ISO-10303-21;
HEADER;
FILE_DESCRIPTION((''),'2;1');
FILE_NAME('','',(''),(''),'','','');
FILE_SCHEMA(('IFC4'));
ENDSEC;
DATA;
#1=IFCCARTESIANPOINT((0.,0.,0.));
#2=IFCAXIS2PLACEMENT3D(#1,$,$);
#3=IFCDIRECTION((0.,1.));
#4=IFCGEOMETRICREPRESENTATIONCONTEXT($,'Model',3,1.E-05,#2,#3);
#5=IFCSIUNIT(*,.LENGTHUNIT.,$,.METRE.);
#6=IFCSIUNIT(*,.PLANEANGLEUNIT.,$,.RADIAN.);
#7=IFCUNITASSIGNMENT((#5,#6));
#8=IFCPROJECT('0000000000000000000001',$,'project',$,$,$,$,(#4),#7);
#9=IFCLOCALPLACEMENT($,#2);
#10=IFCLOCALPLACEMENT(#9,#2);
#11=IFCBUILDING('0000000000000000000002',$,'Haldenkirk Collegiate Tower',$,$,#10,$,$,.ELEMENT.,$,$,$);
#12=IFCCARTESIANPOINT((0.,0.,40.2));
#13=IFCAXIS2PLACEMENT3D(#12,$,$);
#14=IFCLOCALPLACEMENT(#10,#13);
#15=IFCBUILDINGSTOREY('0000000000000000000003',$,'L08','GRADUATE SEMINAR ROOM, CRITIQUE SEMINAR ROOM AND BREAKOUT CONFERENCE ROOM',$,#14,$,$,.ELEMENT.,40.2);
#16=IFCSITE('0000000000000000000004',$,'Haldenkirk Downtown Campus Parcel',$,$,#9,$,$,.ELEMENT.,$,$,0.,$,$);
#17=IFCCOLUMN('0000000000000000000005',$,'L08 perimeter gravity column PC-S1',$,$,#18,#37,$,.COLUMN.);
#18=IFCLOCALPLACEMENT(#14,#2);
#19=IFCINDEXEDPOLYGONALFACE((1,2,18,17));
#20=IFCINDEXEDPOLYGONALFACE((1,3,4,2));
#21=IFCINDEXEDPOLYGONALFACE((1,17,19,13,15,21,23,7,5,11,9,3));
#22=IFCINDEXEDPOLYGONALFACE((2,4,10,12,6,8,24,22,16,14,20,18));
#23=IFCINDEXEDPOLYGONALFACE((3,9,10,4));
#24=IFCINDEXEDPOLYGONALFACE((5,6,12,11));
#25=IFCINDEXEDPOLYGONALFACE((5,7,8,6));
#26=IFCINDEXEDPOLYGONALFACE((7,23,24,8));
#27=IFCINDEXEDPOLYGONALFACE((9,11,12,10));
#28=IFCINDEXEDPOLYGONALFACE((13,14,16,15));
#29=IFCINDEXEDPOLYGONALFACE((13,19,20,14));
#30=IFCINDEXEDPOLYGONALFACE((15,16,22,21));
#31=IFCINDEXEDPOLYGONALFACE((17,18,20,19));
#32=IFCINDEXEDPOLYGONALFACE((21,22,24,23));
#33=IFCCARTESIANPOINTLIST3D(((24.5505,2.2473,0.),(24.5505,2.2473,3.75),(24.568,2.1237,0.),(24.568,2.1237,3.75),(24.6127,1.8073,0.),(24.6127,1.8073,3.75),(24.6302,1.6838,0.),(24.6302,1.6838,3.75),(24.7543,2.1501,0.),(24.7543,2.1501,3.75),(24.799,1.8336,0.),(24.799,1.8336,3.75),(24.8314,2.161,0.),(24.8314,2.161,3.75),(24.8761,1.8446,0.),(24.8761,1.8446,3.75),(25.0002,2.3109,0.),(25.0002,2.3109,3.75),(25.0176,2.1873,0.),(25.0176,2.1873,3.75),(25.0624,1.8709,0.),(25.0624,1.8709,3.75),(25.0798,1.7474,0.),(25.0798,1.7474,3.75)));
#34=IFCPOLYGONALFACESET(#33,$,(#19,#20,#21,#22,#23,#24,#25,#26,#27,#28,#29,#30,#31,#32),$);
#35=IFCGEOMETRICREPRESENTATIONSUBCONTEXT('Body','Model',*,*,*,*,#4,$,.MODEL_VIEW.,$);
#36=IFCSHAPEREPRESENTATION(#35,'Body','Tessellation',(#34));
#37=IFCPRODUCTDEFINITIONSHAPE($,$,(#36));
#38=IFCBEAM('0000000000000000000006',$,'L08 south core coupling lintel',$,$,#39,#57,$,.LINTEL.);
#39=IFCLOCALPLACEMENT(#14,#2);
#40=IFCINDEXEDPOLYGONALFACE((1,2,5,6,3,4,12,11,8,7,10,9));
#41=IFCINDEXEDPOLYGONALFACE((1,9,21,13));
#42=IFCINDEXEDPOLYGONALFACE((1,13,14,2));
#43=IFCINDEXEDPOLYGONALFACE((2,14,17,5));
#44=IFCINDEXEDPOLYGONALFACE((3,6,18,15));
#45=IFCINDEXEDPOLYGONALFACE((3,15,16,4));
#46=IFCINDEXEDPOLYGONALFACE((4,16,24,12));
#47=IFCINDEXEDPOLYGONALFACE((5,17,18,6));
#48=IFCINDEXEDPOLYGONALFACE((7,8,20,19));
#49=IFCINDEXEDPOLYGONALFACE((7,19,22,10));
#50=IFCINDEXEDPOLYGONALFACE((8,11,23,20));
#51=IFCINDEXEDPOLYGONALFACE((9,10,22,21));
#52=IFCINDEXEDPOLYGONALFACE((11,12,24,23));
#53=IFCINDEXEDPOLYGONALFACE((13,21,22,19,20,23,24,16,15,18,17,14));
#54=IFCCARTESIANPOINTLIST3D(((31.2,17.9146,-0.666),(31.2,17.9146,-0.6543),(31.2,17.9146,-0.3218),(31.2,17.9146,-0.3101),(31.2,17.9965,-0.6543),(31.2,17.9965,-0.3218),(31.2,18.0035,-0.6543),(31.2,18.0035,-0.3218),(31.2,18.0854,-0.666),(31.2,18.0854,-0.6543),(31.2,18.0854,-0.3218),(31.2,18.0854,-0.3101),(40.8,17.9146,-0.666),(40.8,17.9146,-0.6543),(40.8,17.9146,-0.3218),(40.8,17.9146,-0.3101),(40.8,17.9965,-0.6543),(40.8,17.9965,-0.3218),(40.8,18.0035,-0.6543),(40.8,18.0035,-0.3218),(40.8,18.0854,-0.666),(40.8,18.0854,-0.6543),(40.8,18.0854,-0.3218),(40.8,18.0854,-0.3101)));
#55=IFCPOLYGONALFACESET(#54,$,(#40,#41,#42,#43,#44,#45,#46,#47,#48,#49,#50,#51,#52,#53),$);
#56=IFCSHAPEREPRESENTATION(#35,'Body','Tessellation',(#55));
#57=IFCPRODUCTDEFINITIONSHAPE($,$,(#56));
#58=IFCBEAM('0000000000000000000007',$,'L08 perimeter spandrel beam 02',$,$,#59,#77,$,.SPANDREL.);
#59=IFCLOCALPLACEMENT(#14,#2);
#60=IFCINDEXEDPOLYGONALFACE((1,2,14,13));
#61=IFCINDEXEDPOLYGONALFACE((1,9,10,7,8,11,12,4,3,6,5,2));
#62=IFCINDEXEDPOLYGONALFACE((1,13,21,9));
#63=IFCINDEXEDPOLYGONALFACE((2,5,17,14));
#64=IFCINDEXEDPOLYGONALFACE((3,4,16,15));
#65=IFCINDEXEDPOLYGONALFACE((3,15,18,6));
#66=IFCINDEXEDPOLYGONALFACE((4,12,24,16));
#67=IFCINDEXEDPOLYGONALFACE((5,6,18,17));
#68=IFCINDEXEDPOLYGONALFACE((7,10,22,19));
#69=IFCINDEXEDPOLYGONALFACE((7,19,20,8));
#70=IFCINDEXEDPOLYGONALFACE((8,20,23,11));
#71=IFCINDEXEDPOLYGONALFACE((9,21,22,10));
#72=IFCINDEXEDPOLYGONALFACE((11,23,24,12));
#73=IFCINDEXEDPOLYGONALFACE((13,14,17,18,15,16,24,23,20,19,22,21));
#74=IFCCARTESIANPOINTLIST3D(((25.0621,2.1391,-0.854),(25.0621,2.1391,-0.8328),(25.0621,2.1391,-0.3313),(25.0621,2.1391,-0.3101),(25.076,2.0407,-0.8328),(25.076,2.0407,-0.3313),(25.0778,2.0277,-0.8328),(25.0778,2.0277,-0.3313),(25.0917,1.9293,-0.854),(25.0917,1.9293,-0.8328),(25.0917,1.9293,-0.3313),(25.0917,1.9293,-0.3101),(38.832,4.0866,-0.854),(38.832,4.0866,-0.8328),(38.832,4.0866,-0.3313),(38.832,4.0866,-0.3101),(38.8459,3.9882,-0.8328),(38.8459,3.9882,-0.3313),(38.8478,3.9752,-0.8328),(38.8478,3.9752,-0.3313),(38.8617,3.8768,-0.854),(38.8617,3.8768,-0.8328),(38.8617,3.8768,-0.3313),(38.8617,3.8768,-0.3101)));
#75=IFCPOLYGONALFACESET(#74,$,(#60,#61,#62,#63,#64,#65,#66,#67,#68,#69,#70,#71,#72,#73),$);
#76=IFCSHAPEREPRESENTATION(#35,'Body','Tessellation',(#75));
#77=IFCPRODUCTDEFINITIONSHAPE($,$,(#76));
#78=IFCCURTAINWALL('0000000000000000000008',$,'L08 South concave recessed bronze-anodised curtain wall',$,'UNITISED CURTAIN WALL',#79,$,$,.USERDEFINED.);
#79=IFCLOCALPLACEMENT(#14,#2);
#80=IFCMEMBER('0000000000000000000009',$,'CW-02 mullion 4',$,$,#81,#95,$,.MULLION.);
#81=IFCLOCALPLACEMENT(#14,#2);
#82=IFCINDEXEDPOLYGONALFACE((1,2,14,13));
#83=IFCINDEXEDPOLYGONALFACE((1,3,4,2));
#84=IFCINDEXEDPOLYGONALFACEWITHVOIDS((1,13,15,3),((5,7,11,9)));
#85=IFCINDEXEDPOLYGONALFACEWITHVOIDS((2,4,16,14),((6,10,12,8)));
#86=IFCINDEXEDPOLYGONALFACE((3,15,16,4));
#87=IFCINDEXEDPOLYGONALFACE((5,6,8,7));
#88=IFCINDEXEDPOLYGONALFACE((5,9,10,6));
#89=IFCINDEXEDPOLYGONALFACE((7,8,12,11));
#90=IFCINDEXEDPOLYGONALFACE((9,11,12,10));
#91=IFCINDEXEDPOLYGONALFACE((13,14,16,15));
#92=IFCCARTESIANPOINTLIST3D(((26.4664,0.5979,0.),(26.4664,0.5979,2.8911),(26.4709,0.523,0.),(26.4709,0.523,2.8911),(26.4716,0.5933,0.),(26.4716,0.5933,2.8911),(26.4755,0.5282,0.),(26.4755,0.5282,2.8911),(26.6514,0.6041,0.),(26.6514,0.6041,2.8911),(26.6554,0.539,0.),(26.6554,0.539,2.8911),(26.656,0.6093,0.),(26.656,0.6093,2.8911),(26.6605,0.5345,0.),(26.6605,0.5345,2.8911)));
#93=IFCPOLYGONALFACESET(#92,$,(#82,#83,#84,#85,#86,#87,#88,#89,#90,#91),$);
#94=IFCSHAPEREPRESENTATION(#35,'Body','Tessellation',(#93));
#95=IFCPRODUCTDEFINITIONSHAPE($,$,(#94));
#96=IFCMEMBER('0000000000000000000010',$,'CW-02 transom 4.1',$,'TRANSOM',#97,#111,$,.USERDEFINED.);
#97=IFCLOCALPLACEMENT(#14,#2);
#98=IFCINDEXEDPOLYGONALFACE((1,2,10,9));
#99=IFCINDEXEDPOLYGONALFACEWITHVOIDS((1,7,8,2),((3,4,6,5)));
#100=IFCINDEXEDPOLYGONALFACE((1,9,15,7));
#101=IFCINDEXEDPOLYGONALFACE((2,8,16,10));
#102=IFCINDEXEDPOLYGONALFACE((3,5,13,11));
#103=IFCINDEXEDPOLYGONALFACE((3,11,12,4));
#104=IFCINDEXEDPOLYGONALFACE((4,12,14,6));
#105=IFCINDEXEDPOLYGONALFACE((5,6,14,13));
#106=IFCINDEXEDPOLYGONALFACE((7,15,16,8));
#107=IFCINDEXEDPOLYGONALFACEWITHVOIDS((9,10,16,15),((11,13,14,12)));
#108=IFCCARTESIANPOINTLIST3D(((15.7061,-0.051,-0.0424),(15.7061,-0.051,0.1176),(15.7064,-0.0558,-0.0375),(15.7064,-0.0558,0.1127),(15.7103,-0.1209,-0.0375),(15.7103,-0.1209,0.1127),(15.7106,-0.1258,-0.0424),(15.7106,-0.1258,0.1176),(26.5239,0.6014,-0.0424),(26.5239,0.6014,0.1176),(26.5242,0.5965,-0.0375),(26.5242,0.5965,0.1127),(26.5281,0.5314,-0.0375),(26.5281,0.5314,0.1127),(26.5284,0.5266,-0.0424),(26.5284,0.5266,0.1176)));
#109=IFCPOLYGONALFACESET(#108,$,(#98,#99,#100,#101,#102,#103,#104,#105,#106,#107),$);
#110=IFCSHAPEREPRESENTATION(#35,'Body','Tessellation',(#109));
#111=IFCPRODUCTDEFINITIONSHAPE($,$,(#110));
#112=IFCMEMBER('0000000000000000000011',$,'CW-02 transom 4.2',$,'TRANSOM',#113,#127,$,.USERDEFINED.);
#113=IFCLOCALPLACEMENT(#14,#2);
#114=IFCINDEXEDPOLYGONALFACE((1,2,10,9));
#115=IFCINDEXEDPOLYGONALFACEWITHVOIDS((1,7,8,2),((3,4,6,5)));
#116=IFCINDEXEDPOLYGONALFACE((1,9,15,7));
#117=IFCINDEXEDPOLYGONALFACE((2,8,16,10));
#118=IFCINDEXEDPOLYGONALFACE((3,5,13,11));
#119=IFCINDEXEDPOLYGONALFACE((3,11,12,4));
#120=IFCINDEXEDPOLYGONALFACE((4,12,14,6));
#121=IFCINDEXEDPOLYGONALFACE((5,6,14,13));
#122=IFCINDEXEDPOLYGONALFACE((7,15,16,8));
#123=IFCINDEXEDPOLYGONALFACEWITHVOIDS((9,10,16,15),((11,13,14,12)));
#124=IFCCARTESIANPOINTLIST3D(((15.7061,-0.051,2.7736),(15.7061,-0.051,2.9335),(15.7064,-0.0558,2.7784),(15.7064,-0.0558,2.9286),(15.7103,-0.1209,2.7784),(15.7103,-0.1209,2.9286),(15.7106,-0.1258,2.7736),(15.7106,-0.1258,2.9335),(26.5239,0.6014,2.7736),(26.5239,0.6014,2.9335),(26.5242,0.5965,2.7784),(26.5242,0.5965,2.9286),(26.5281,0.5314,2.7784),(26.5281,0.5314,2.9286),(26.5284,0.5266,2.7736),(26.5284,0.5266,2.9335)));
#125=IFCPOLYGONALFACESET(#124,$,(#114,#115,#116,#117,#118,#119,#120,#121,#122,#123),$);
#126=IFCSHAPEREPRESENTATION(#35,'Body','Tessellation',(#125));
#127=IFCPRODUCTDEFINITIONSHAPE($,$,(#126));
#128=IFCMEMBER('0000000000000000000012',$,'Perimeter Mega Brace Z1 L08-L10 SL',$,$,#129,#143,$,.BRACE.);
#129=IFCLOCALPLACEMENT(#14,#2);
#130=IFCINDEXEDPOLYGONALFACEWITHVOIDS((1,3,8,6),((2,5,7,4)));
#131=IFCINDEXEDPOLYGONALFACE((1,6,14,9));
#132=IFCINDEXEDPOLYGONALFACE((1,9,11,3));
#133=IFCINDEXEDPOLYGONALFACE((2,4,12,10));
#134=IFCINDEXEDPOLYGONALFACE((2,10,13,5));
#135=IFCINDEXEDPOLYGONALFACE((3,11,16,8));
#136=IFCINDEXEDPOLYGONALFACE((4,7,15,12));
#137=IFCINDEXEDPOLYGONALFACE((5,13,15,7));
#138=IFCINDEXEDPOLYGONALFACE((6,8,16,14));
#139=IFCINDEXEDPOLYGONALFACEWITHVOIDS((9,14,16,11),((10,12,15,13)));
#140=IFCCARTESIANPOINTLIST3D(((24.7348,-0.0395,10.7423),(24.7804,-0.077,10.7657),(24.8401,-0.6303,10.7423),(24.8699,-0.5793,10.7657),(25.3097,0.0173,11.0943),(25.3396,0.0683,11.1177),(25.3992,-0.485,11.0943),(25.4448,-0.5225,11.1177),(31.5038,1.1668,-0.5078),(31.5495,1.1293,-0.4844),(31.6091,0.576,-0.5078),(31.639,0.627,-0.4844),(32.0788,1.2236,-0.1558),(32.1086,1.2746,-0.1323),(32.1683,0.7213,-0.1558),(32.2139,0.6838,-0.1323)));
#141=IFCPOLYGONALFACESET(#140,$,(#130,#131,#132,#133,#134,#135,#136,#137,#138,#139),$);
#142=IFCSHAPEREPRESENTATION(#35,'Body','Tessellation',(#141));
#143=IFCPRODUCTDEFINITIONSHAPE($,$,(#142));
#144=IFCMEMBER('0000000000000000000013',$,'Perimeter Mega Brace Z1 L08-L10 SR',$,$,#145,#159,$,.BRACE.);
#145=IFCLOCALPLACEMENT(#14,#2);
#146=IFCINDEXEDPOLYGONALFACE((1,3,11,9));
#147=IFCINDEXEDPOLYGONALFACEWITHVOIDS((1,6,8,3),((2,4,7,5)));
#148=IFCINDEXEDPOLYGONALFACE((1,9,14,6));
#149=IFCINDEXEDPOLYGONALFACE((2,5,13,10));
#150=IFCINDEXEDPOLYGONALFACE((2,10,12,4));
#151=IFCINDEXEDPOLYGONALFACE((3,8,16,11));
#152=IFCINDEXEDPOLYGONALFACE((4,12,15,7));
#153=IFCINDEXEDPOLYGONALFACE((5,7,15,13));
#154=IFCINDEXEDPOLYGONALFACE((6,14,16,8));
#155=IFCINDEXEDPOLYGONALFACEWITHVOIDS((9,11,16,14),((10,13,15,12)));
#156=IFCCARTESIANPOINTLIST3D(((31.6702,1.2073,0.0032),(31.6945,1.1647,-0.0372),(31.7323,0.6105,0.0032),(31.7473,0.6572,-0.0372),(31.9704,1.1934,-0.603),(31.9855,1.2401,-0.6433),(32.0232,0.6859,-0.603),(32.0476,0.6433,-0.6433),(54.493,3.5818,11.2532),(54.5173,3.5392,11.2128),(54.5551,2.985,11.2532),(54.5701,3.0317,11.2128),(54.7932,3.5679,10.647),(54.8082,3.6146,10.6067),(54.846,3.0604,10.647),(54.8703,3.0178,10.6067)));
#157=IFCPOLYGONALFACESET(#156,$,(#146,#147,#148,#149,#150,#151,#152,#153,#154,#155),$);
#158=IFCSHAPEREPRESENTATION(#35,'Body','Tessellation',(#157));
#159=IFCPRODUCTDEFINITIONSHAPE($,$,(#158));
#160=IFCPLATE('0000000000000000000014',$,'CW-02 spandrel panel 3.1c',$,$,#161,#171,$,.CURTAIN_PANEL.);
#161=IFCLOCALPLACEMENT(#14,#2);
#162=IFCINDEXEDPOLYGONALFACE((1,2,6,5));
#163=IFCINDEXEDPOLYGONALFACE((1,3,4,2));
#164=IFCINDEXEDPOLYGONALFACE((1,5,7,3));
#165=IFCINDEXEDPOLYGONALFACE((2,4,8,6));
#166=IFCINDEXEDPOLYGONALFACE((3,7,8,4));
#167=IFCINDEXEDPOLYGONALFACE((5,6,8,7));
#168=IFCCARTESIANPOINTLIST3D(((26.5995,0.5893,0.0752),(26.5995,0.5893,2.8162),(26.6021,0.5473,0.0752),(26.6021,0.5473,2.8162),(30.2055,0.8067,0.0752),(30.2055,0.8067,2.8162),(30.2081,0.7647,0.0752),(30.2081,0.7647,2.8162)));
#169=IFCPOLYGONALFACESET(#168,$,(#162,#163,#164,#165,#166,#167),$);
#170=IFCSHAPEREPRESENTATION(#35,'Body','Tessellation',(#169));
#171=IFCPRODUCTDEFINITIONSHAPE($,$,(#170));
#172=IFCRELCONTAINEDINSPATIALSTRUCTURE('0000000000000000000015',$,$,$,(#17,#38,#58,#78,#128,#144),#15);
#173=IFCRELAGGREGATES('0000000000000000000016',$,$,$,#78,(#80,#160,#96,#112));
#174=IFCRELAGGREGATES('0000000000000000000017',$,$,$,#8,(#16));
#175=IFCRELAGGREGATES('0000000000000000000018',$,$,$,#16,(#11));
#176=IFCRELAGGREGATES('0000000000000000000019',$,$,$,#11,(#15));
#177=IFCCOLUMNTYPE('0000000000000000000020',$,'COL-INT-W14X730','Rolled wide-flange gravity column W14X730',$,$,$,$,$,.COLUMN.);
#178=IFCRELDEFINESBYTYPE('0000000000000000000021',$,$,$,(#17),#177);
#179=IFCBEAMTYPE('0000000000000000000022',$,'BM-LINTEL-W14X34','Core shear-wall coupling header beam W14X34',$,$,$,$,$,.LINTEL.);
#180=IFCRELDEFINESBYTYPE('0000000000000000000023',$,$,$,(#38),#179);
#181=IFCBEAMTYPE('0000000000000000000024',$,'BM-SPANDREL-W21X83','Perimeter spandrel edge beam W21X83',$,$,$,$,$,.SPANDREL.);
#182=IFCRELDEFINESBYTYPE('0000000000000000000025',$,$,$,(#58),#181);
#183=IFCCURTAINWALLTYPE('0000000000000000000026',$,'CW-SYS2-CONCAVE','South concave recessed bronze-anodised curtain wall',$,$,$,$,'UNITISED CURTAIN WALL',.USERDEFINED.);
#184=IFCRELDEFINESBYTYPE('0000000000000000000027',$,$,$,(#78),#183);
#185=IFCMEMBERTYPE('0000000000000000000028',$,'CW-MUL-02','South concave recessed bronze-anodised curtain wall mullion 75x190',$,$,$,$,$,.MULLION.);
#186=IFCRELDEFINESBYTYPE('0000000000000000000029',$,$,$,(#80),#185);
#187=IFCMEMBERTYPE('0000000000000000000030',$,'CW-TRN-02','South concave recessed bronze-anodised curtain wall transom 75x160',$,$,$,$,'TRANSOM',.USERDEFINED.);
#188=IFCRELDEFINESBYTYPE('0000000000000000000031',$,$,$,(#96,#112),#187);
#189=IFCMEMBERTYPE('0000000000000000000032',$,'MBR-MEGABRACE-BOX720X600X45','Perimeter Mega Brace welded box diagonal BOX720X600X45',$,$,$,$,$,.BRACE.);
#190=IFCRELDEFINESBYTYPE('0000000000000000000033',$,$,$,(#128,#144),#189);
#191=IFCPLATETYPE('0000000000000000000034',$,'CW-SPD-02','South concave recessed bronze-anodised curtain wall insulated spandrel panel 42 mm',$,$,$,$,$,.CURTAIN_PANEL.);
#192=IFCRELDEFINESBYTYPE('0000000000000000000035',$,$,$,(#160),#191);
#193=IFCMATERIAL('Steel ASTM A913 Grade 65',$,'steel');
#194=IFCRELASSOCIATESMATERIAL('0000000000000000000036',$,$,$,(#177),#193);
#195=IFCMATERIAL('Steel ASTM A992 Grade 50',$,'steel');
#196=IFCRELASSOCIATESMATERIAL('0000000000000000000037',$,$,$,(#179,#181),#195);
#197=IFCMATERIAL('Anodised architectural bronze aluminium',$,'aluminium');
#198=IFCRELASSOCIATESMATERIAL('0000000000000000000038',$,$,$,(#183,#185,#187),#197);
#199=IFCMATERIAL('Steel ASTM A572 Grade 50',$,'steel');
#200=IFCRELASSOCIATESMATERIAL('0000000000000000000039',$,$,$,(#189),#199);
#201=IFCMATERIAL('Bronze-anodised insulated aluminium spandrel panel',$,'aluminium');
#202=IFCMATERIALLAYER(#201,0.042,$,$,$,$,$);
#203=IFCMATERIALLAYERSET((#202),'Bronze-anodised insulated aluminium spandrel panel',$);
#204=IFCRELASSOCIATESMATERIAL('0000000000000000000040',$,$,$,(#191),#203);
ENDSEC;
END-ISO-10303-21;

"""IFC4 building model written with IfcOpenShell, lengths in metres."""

from ifc_helpers import new_model, si_unit, direction, frame, origin, origin_2d, place, context, subcontext, project, spatial, rectangle, hollow_rectangle, i_section, extrude, source, transform, mapped, material, layer, layer_set, material_profile, profile_set, type_object, element, aggregate, save


model = new_model("IFC4")

# Units and contexts
model_context = context("Model", 3, precision=1e-05, world=origin(), true_north=direction((0.0, 1.0)))
body_context = subcontext(model_context, "Body", "Model", "MODEL_VIEW")
ifc_project = project(units=[si_unit("LENGTHUNIT", "METRE"), si_unit("PLANEANGLEUNIT", "RADIAN")], contexts=[model_context])

# Site, building, storey
site_placement = place(None, origin())
site = spatial("IfcSite", under=ifc_project, at=site_placement, Name="Haldenkirk Downtown Campus Parcel", CompositionType="ELEMENT", RefElevation=0.0)
building_placement = place(site_placement, origin())
building = spatial("IfcBuilding", under=site, at=building_placement, Name="Haldenkirk Collegiate Tower", CompositionType="ELEMENT")
storey_placement = place(building_placement, frame((0.0, 0.0, 40.2)))
storey = spatial("IfcBuildingStorey", under=building, at=storey_placement, Name="L08", Description="GRADUATE SEMINAR ROOM, CRITIQUE SEMINAR ROOM AND BREAKOUT CONFERENCE ROOM", CompositionType="ELEMENT", Elevation=40.2)

# Column
ifc_material_1 = material(Name="Steel ASTM A913 Grade 65", Category="steel")
ifc_material_profile_1 = material_profile(ifc_material_1, i_section(OverallWidth=0.4541, OverallDepth=0.5691, WebThickness=0.0779, FlangeThickness=0.1248, at=origin_2d()), Name="W14X730")
ifc_profile_set_1 = profile_set([ifc_material_profile_1], Name="Steel ASTM A913 Grade 65")
column_type = type_object("IfcColumnType", Name="COL-INT-W14X730", Description="Rolled wide-flange gravity column W14X730", PredefinedType="COLUMN", material=ifc_profile_set_1)
column_placement = place(storey_placement, frame((24.8152, 1.9973, 0.0), z_axis=(0.0, 0.0, 1.0), x_axis=(0.990146, 0.140037, 0.0)))
element("IfcColumn", 1, at=column_placement, inside=storey, type_object=column_type, Name="L08 perimeter gravity column PC-S1", PredefinedType="COLUMN", context=body_context, shape_type="SweptSolid", body=[
    extrude(i_section(OverallWidth=0.4541, OverallDepth=0.5691, WebThickness=0.0779, FlangeThickness=0.1248, at=origin_2d()), origin(), (0.0, 0.0, 1.0), 3.75),
])

# Beams
ifc_material_2 = material(Name="Steel ASTM A992 Grade 50", Category="steel")
ifc_material_profile_2 = material_profile(ifc_material_2, i_section(OverallWidth=0.1709, OverallDepth=0.356, WebThickness=0.0071, FlangeThickness=0.0117, at=origin_2d()), Name="W14X34")
ifc_profile_set_2 = profile_set([ifc_material_profile_2], Name="Steel ASTM A992 Grade 50")
beam_type_1 = type_object("IfcBeamType", Name="BM-LINTEL-W14X34", Description="Core shear-wall coupling header beam W14X34", PredefinedType="LINTEL", material=ifc_profile_set_2)
beam_1_placement = place(storey_placement, frame((31.2, 18.0, -0.488), z_axis=(1.0, 0.0, 0.0), x_axis=(0.0, 1.0, 0.0)))
element("IfcBeam", 2, at=beam_1_placement, inside=storey, type_object=beam_type_1, Name="L08 south core coupling lintel", PredefinedType="LINTEL", context=body_context, shape_type="SweptSolid", body=[
    extrude(i_section(OverallWidth=0.1709, OverallDepth=0.356, WebThickness=0.0071, FlangeThickness=0.0117, at=origin_2d()), origin(), (0.0, 0.0, 1.0), 9.6001),
])
ifc_material_profile_3 = material_profile(ifc_material_2, i_section(OverallWidth=0.2119, OverallDepth=0.5439, WebThickness=0.0132, FlangeThickness=0.0212, at=origin_2d()), Name="W21X83")
ifc_profile_set_3 = profile_set([ifc_material_profile_3], Name="Steel ASTM A992 Grade 50")
beam_type_2 = type_object("IfcBeamType", Name="BM-SPANDREL-W21X83", Description="Perimeter spandrel edge beam W21X83", PredefinedType="SPANDREL", material=ifc_profile_set_3)
beam_2_placement = place(storey_placement, frame((25.0769, 2.0342, -0.582), z_axis=(0.990146, 0.140038, 0.0), x_axis=(-0.140038, 0.990146, 0.0)))
element("IfcBeam", 3, at=beam_2_placement, inside=storey, type_object=beam_type_2, Name="L08 perimeter spandrel beam 02", PredefinedType="SPANDREL", context=body_context, shape_type="SweptSolid", body=[
    extrude(i_section(OverallWidth=0.2119, OverallDepth=0.5439, WebThickness=0.0132, FlangeThickness=0.0212, at=origin_2d()), origin(), (0.0, 0.0, 1.0), 13.907),
])

# Curtain wall, members
ifc_material_3 = material(Name="Anodised architectural bronze aluminium", Category="aluminium")
curtain_wall_type = type_object("IfcCurtainWallType", Name="CW-SYS2-CONCAVE", Description="South concave recessed bronze-anodised curtain wall", ElementType="UNITISED CURTAIN WALL", PredefinedType="USERDEFINED", material=ifc_material_3)
curtain_wall_placement = place(storey_placement, origin())
curtain_wall = element("IfcCurtainWall", 4, at=curtain_wall_placement, inside=storey, type_object=curtain_wall_type, Name="L08 South concave recessed bronze-anodised curtain wall", ObjectType="UNITISED CURTAIN WALL", PredefinedType="USERDEFINED")
ifc_material_profile_4 = material_profile(ifc_material_3, hollow_rectangle(XDim=0.075, YDim=0.1899, WallThickness=0.0049, at=origin_2d()), Name="CW-MUL-02")
ifc_profile_set_4 = profile_set([ifc_material_profile_4], Name="Anodised architectural bronze aluminium")
member_type_1 = type_object("IfcMemberType", Name="CW-MUL-02", Description="South concave recessed bronze-anodised curtain wall mullion 75x190", PredefinedType="MULLION", material=ifc_profile_set_4)
member_1_placement = place(storey_placement, frame((26.5635, 0.5662, 0.0), z_axis=(0.0, 0.0, 1.0), x_axis=(0.060176, -0.998188, 0.0)))
member_1 = element("IfcMember", 5, at=member_1_placement, type_object=member_type_1, Name="CW-02 mullion 4", PredefinedType="MULLION", context=body_context, shape_type="SweptSolid", body=[
    extrude(hollow_rectangle(XDim=0.075, YDim=0.1899, WallThickness=0.0049, at=origin_2d()), origin(), (0.0, 0.0, 1.0), 2.8911),
])
ifc_material_profile_5 = material_profile(ifc_material_3, hollow_rectangle(XDim=0.075, YDim=0.1599, WallThickness=0.0049, at=origin_2d()), Name="CW-TRN-02")
ifc_profile_set_5 = profile_set([ifc_material_profile_5], Name="Anodised architectural bronze aluminium")
member_type_2 = type_object("IfcMemberType", Name="CW-TRN-02", Description="South concave recessed bronze-anodised curtain wall transom 75x160", ElementType="TRANSOM", PredefinedType="USERDEFINED", material=ifc_profile_set_5)
member_2_placement = place(storey_placement, frame((26.5261, 0.564, 0.0376), z_axis=(-0.998187, -0.060193, 0.0), x_axis=(0.060193, -0.998187, 0.0)))
member_2 = element("IfcMember", 6, at=member_2_placement, type_object=member_type_2, Name="CW-02 transom 4.1", ObjectType="TRANSOM", PredefinedType="USERDEFINED", context=body_context, shape_type="SweptSolid", body=[
    extrude(hollow_rectangle(XDim=0.075, YDim=0.1599, WallThickness=0.0049, at=origin_2d()), origin(), (0.0, 0.0, 1.0), 10.8374),
])
member_3_placement = place(storey_placement, frame((26.5261, 0.564, 2.8535), z_axis=(-0.998187, -0.060193, 0.0), x_axis=(0.060193, -0.998187, 0.0)))
member_3 = element("IfcMember", 7, at=member_3_placement, type_object=member_type_2, Name="CW-02 transom 4.2", ObjectType="TRANSOM", PredefinedType="USERDEFINED", context=body_context, shape_type="SweptSolid", body=[
    extrude(hollow_rectangle(XDim=0.075, YDim=0.1599, WallThickness=0.0049, at=origin_2d()), origin(), (0.0, 0.0, 1.0), 10.8374),
])

# Members
ifc_material_4 = material(Name="Steel ASTM A572 Grade 50", Category="steel")
ifc_material_profile_6 = material_profile(ifc_material_4, hollow_rectangle(XDim=0.6001, YDim=0.72, WallThickness=0.0449, at=origin_2d()), Name="BOX720X600X45")
ifc_profile_set_6 = profile_set([ifc_material_profile_6], Name="Steel ASTM A572 Grade 50")
member_type_3 = type_object("IfcMemberType", Name="MBR-MEGABRACE-BOX720X600X45", Description="Perimeter Mega Brace welded box diagonal BOX720X600X45", PredefinedType="BRACE", material=ifc_profile_set_6)
member_4_placement = place(storey_placement, frame((31.8589, 0.9253, -0.3201), z_axis=(-0.513399, -0.091492, 0.853259), x_axis=(0.175444, -0.984489, 0.0)))
element("IfcMember", 8, at=member_4_placement, inside=storey, type_object=member_type_3, Name="Perimeter Mega Brace Z1 L08-L10 SL", PredefinedType="BRACE", context=body_context, shape_type="SweptSolid", body=[
    extrude(hollow_rectangle(XDim=0.6001, YDim=0.72, WallThickness=0.0449, at=origin_2d()), origin(), (0.0, 0.0, 1.0), 13.1848),
])
member_5_placement = place(storey_placement, frame((31.8589, 0.9253, -0.3201), z_axis=(0.893069, 0.092916, 0.44022), x_axis=(-0.103483, 0.994631, 0.0)))
element("IfcMember", 9, at=member_5_placement, inside=storey, type_object=member_type_3, Name="Perimeter Mega Brace Z1 L08-L10 SR", PredefinedType="BRACE", context=body_context, shape_type="SweptSolid", body=[
    extrude(hollow_rectangle(XDim=0.6001, YDim=0.72, WallThickness=0.0449, at=origin_2d()), origin(), (0.0, 0.0, 1.0), 25.5554),
])

# Plate
ifc_material_5 = material(Name="Bronze-anodised insulated aluminium spandrel panel", Category="aluminium")
ifc_layer_1 = layer(ifc_material_5, 0.042)
ifc_layer_set_1 = layer_set([ifc_layer_1], Name="Bronze-anodised insulated aluminium spandrel panel")
plate_type = type_object("IfcPlateType", Name="CW-SPD-02", Description="South concave recessed bronze-anodised curtain wall insulated spandrel panel 42 mm", PredefinedType="CURTAIN_PANEL", material=ifc_layer_set_1)
shared_shape = source(origin(), body_context, "Body", "SweptSolid", [
    extrude(rectangle(XDim=3.6125, YDim=0.042, at=origin_2d()), origin(), (0.0, 0.0, 1.0), 2.741),
])
plate_placement = place(storey_placement, frame((28.4038, 0.677, 0.0752), z_axis=(0.0, 0.0, 1.0), x_axis=(-0.998188, -0.060176, 0.0)))
plate = element("IfcPlate", 10, at=plate_placement, type_object=plate_type, Name="CW-02 spandrel panel 3.1c", PredefinedType="CURTAIN_PANEL", context=body_context, shape_type="MappedRepresentation", body=[
    mapped(shared_shape, transform((0.0, 0.0, 0.0), x_axis=(1.0, 0.0, 0.0), y_axis=(0.0, 1.0, 0.0), z_axis=(0.0, 0.0, 1.0), scale=1.0)),
])
aggregate(curtain_wall, [member_1, plate, member_2, member_3])

save(model, "model.ifc")
